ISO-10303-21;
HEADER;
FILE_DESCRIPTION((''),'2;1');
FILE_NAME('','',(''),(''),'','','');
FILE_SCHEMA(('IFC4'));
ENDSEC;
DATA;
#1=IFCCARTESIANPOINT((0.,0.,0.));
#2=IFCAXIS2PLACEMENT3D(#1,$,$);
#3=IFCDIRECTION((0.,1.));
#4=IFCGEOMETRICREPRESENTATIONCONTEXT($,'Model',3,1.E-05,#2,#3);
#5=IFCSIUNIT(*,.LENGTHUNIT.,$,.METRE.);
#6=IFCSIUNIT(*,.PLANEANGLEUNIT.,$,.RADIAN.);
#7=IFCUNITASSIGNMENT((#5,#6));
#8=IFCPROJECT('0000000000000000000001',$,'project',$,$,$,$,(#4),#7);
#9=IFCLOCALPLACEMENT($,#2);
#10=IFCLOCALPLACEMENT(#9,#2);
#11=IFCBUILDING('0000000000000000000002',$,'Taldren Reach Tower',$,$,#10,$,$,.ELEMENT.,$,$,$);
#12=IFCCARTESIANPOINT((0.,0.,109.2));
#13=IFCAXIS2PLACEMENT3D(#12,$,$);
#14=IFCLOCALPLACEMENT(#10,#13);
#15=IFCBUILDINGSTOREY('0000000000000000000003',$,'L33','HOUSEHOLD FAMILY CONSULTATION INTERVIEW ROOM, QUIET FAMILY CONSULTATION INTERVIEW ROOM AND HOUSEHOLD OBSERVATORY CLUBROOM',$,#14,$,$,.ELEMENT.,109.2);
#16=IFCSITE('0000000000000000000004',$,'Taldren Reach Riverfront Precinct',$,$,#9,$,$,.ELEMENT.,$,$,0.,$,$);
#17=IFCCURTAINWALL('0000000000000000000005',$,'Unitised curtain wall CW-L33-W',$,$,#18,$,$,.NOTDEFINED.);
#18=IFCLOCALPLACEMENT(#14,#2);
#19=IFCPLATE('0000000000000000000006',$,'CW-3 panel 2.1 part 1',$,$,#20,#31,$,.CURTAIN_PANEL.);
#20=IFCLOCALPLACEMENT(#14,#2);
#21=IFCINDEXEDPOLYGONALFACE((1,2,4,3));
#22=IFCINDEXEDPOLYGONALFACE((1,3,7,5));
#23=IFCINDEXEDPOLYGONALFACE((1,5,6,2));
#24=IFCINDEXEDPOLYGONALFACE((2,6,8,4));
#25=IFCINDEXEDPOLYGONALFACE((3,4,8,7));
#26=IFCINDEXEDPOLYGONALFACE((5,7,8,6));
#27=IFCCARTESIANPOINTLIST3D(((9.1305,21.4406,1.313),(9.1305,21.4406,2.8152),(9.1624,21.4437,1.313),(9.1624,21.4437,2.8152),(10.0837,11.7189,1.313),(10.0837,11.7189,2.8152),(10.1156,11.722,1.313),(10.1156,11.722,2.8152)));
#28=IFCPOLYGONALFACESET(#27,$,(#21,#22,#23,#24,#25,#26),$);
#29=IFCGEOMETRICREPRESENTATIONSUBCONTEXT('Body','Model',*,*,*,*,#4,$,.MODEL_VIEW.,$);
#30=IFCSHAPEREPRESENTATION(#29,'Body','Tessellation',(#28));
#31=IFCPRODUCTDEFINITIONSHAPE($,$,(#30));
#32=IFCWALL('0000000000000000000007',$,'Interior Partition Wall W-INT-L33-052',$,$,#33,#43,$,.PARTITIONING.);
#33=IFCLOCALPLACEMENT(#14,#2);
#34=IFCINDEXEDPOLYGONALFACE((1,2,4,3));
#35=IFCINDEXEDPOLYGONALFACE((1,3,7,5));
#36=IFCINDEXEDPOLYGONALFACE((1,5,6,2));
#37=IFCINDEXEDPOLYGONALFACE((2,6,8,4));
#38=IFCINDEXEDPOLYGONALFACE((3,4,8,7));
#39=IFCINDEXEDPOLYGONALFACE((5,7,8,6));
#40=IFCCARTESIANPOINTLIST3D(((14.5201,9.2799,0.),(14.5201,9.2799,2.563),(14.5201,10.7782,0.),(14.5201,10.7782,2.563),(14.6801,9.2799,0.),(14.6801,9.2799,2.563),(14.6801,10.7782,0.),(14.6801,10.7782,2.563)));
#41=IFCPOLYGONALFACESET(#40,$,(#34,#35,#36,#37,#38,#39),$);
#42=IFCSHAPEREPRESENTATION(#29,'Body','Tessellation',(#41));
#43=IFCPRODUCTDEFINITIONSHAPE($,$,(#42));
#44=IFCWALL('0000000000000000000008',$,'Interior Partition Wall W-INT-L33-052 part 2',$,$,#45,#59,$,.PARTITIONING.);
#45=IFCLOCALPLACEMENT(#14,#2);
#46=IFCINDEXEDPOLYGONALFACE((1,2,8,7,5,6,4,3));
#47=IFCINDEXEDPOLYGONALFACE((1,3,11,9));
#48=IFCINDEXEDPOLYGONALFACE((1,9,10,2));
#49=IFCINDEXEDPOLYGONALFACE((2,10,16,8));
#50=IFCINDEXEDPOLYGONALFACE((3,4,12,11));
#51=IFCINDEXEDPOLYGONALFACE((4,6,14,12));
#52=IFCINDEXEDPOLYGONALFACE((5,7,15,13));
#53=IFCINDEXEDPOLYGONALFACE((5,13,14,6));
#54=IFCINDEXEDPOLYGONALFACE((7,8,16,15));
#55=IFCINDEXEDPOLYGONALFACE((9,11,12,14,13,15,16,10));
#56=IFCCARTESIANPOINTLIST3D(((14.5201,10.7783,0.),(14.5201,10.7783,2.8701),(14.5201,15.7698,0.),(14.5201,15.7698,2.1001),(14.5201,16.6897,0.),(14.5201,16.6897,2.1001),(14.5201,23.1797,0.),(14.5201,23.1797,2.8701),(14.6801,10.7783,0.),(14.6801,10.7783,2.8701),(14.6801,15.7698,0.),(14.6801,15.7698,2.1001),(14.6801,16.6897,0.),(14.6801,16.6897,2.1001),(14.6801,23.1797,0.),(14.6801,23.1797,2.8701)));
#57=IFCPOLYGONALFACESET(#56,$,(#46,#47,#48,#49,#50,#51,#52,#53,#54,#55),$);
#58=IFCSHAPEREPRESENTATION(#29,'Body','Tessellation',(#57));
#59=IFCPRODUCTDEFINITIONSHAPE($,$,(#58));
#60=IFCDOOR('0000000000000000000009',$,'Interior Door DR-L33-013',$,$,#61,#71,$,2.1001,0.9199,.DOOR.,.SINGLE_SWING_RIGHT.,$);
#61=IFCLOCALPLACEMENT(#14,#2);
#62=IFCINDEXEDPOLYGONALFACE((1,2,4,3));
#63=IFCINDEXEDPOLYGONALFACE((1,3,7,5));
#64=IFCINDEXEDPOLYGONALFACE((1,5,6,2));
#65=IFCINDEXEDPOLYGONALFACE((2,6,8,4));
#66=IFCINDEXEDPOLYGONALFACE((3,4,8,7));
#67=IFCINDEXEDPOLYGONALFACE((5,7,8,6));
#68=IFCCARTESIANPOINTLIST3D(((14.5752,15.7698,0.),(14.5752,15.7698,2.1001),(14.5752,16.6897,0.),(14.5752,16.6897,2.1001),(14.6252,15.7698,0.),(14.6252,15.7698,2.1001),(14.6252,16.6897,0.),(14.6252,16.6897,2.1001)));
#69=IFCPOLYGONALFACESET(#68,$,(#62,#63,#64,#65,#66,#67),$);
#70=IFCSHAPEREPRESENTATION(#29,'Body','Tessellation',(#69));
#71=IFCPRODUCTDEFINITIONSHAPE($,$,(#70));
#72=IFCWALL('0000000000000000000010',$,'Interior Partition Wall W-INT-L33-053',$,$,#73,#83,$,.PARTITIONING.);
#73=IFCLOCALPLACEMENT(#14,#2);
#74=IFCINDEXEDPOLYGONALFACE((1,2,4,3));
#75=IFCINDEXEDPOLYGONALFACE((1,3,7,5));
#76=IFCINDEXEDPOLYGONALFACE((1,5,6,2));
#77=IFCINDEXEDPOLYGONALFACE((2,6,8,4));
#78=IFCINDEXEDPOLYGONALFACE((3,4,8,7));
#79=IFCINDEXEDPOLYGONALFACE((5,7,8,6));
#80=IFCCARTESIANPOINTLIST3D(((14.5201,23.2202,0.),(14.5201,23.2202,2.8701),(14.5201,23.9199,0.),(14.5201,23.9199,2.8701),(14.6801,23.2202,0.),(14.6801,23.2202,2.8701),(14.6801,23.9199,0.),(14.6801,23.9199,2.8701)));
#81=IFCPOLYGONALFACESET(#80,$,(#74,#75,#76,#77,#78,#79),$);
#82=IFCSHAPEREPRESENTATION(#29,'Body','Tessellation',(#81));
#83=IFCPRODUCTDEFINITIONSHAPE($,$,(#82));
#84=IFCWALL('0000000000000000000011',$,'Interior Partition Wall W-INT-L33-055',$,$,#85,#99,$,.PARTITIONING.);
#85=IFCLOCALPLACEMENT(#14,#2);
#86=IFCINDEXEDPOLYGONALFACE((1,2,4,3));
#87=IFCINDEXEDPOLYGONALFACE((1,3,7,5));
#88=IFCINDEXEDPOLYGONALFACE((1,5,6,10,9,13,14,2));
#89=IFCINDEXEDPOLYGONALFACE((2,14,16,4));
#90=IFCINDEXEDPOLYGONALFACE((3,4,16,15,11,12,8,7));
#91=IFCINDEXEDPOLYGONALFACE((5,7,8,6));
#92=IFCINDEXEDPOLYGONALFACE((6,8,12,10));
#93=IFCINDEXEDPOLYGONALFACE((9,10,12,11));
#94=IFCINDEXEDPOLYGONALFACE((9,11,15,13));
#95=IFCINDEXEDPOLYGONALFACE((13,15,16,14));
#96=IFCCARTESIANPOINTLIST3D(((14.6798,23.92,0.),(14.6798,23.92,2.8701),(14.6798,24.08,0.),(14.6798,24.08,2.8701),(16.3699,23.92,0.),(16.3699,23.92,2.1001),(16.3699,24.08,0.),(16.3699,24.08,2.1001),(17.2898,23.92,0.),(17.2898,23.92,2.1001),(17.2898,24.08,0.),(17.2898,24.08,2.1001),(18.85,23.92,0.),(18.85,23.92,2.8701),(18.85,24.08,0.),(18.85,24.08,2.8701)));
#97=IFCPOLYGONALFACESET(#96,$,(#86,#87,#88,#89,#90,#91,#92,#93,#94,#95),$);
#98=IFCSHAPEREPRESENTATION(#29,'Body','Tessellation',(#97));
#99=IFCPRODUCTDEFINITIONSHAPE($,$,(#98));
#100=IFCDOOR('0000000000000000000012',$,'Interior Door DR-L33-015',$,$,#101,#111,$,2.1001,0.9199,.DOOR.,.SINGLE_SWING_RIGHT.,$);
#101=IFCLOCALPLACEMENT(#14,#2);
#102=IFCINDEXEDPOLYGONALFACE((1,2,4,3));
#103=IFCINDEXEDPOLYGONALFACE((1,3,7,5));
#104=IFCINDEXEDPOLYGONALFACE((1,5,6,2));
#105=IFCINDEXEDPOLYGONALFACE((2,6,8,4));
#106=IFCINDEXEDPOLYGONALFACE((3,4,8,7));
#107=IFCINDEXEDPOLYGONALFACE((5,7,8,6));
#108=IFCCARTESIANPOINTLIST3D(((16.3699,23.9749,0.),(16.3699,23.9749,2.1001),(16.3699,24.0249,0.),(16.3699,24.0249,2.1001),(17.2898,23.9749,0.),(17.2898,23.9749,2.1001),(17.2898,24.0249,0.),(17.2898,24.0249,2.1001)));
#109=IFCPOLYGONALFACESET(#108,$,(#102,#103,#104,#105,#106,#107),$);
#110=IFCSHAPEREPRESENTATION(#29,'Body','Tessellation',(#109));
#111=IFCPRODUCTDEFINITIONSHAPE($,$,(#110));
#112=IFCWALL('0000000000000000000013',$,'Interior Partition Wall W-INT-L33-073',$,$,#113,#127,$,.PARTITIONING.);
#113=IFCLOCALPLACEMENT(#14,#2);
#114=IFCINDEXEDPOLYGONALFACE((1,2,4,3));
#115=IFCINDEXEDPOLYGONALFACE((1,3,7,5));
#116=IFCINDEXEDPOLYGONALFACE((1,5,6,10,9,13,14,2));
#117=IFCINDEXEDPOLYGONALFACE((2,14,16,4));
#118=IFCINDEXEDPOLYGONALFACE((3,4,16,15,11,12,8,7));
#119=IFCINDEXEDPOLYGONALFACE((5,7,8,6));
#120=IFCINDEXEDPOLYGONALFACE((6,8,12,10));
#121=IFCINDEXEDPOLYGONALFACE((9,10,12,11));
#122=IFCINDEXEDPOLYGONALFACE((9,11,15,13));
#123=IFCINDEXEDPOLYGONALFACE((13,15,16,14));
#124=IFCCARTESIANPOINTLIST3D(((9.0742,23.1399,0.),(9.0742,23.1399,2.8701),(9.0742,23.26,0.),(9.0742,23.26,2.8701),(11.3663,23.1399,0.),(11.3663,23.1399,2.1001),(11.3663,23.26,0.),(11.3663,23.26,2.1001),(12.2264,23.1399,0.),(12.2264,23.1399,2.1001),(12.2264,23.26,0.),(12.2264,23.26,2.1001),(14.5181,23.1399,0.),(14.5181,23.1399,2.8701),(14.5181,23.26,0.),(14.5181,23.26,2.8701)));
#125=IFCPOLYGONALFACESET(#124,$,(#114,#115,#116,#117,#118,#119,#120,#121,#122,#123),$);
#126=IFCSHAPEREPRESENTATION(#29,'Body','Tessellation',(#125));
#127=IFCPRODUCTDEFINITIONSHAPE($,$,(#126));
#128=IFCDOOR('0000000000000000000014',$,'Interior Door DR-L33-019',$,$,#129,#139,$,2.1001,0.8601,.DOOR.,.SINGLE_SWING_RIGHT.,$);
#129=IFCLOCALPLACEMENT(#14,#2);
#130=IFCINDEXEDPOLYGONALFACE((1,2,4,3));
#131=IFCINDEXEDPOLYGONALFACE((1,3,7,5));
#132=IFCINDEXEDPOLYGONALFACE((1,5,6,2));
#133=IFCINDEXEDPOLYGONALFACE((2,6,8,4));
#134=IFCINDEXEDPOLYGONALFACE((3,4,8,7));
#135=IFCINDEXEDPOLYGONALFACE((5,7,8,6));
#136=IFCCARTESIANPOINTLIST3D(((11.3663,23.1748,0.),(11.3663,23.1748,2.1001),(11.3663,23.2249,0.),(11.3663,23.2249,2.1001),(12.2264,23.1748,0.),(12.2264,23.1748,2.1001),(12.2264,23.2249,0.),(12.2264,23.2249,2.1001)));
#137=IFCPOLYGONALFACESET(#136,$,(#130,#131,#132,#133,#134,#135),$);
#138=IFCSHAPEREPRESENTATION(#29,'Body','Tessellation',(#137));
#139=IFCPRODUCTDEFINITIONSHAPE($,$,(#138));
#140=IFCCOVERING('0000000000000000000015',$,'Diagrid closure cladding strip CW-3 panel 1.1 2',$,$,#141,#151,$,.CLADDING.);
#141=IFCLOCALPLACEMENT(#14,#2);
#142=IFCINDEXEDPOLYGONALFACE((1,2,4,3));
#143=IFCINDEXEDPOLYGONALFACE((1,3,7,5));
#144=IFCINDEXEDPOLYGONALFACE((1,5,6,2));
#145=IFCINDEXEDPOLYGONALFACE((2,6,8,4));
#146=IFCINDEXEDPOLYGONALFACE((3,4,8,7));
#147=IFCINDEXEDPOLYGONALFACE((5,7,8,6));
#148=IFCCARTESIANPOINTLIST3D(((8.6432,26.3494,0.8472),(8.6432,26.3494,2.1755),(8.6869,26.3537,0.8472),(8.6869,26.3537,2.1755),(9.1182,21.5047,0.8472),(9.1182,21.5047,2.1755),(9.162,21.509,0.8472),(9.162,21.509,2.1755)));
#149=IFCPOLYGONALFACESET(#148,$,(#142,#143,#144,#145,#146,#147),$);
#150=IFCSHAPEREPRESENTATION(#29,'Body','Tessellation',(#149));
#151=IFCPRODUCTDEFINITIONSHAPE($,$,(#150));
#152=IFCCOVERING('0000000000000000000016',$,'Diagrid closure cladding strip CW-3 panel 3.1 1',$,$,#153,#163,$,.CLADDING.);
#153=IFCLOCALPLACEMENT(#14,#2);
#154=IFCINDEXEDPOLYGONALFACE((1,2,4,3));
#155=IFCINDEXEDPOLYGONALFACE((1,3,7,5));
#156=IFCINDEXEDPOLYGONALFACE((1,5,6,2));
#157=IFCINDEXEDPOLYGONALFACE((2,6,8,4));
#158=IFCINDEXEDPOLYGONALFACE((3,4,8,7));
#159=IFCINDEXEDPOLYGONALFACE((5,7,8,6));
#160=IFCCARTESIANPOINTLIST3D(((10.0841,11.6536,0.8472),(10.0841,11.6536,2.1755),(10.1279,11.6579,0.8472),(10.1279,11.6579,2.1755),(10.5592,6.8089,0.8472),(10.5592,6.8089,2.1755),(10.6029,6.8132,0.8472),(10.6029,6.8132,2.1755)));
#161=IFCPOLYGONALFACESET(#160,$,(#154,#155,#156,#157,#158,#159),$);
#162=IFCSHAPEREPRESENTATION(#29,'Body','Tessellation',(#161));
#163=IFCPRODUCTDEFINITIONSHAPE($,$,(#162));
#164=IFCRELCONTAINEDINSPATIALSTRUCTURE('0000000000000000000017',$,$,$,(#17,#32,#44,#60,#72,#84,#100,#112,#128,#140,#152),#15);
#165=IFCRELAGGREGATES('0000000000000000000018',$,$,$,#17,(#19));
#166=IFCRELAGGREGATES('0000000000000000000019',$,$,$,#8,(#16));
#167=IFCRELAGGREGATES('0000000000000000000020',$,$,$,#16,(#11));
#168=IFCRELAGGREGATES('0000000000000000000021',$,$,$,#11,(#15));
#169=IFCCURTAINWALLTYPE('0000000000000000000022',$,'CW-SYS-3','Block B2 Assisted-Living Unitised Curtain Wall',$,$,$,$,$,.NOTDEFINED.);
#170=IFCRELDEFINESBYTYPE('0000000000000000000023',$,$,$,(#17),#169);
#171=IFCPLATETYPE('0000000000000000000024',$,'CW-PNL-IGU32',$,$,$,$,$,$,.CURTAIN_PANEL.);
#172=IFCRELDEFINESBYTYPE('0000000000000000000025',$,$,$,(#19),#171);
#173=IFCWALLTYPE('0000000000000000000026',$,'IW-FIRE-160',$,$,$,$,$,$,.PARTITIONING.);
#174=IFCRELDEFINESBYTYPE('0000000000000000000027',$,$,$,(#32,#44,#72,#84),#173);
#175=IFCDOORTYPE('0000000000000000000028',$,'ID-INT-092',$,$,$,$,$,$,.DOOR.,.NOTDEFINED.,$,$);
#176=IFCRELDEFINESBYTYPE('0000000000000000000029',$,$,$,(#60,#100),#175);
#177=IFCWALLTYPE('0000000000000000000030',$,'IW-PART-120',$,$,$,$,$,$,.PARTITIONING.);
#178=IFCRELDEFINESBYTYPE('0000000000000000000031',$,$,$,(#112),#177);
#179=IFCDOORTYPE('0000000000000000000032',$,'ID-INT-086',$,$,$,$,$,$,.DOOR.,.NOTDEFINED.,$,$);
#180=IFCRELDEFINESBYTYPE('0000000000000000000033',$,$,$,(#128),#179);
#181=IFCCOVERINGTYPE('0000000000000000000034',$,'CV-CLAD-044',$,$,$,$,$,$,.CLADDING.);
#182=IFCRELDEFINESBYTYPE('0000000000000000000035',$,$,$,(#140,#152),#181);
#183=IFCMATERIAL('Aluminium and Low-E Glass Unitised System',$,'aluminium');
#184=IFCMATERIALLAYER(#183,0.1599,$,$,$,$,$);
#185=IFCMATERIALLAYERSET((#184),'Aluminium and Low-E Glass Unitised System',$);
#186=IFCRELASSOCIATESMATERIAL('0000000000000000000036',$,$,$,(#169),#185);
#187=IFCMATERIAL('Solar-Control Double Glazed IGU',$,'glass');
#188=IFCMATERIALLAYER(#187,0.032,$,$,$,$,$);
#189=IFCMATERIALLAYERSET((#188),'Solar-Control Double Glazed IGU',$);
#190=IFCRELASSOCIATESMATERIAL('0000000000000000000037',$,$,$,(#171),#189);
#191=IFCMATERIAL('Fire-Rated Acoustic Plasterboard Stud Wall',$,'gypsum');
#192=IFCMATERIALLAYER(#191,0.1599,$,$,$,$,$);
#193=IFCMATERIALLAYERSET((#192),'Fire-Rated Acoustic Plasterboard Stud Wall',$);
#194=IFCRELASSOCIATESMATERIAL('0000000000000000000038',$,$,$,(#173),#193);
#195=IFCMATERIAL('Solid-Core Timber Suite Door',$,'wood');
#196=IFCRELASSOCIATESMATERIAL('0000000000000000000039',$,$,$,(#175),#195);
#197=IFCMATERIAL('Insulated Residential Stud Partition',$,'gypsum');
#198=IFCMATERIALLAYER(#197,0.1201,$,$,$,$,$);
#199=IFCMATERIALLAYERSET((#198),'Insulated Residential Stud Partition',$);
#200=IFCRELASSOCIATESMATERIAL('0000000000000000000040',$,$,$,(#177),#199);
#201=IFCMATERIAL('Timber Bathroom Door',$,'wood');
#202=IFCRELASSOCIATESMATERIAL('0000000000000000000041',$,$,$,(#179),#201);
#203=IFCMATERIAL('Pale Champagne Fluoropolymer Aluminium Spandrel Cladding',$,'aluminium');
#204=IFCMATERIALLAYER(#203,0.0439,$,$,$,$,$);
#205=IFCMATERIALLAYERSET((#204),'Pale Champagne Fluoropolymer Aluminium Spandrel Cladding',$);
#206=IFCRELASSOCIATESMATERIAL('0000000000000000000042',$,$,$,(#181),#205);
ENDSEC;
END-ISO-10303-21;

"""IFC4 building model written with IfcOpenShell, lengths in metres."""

from ifc_helpers import new_model, si_unit, direction, frame, frame_2d, origin, origin_2d, place, context, subcontext, project, spatial, rectangle, extrude, source, transform, mapped, material, layer, layer_set, type_object, element, fill, aggregate, save


model = new_model("IFC4")

# Units and contexts
model_context = context("Model", 3, precision=1e-05, world=origin(), true_north=direction((0.0, 1.0)))
body_context = subcontext(model_context, "Body", "Model", "MODEL_VIEW")
ifc_project = project(units=[si_unit("LENGTHUNIT", "METRE"), si_unit("PLANEANGLEUNIT", "RADIAN")], contexts=[model_context])

# Site, building, storey
site_placement = place(None, origin())
site = spatial("IfcSite", under=ifc_project, at=site_placement, Name="Taldren Reach Riverfront Precinct", CompositionType="ELEMENT", RefElevation=0.0)
building_placement = place(site_placement, origin())
building = spatial("IfcBuilding", under=site, at=building_placement, Name="Taldren Reach Tower", CompositionType="ELEMENT")
storey_placement = place(building_placement, frame((0.0, 0.0, 109.2)))
storey = spatial("IfcBuildingStorey", under=building, at=storey_placement, Name="L33", Description="HOUSEHOLD FAMILY CONSULTATION INTERVIEW ROOM, QUIET FAMILY CONSULTATION INTERVIEW ROOM AND HOUSEHOLD OBSERVATORY CLUBROOM", CompositionType="ELEMENT", Elevation=109.2)

# Curtain wall
ifc_material_1 = material(Name="Aluminium and Low-E Glass Unitised System", Category="aluminium")
ifc_layer_1 = layer(ifc_material_1, 0.1599)
ifc_layer_set_1 = layer_set([ifc_layer_1], Name="Aluminium and Low-E Glass Unitised System")
curtain_wall_type = type_object("IfcCurtainWallType", Name="CW-SYS-3", Description="Block B2 Assisted-Living Unitised Curtain Wall", PredefinedType="NOTDEFINED", material=ifc_layer_set_1)
curtain_wall_placement = place(storey_placement, origin())
curtain_wall = element("IfcCurtainWall", 1, at=curtain_wall_placement, inside=storey, type_object=curtain_wall_type, Name="Unitised curtain wall CW-L33-W", PredefinedType="NOTDEFINED")

# Plate
ifc_material_2 = material(Name="Solar-Control Double Glazed IGU", Category="glass")
ifc_layer_2 = layer(ifc_material_2, 0.032)
ifc_layer_set_2 = layer_set([ifc_layer_2], Name="Solar-Control Double Glazed IGU")
plate_type_1 = type_object("IfcPlateType", Name="CW-PNL-IGU32", PredefinedType="CURTAIN_PANEL", material=ifc_layer_set_2)
shared_shape_1 = source(origin(), body_context, "Body", "SweptSolid", [
    extrude(rectangle(XDim=9.7683, YDim=0.032, at=origin_2d()), origin(), (0.0, 0.0, 1.0), 1.5022),
])
plate_1_placement = place(storey_placement, frame((9.623, 16.5813, 1.313), z_axis=(0.0, 0.0, 1.0), x_axis=(0.097583, -0.995227, 0.0)))
plate_1 = element("IfcPlate", 2, at=plate_1_placement, type_object=plate_type_1, Name="CW-3 panel 2.1 part 1", PredefinedType="CURTAIN_PANEL", context=body_context, shape_type="MappedRepresentation", body=[
    mapped(shared_shape_1, transform((0.0, 0.0, 0.0), scale=1.0)),
])
aggregate(curtain_wall, [plate_1])

# Wall
ifc_material_3 = material(Name="Fire-Rated Acoustic Plasterboard Stud Wall", Category="gypsum")
ifc_layer_3 = layer(ifc_material_3, 0.1599)
ifc_layer_set_3 = layer_set([ifc_layer_3], Name="Fire-Rated Acoustic Plasterboard Stud Wall")
wall_type_1 = type_object("IfcWallType", Name="IW-FIRE-160", PredefinedType="PARTITIONING", material=ifc_layer_set_3)
shared_shape_2 = source(origin(), body_context, "Body", "SweptSolid", [
    extrude(rectangle(XDim=1.4983, YDim=0.1599, at=frame_2d((0.749, 0.0))), origin(), (0.0, 0.0, 1.0), 2.563),
])
wall_1_placement = place(storey_placement, frame((14.6001, 9.28, 0.0), z_axis=(0.0, 0.0, 1.0), x_axis=(0.0, 1.0, 0.0)))
element("IfcWall", 3, at=wall_1_placement, inside=storey, type_object=wall_type_1, Name="Interior Partition Wall W-INT-L33-052", PredefinedType="PARTITIONING", context=body_context, shape_type="MappedRepresentation", body=[
    mapped(shared_shape_2, transform((0.0, 0.0, 0.0), scale=1.0)),
])

# Wall, opening, door
shared_shape_3 = source(origin(), body_context, "Body", "SweptSolid", [
    extrude(rectangle(XDim=12.4014, YDim=0.1599, at=frame_2d((6.2007, 0.0))), origin(), (0.0, 0.0, 1.0), 2.8701),
])
wall_2_placement = place(storey_placement, frame((14.6001, 10.7783, 0.0), z_axis=(0.0, 0.0, 1.0), x_axis=(0.0, 1.0, 0.0)))
wall_2 = element("IfcWall", 4, at=wall_2_placement, inside=storey, type_object=wall_type_1, Name="Interior Partition Wall W-INT-L33-052 part 2", PredefinedType="PARTITIONING", context=body_context, shape_type="MappedRepresentation", body=[
    mapped(shared_shape_3, transform((0.0, 0.0, 0.0), scale=1.0)),
])
shared_shape_4 = source(origin(), body_context, "Body", "SweptSolid", [
    extrude(rectangle(XDim=0.9199, YDim=2.1001, at=frame_2d((0.46, 1.05))), frame((0.0, 0.0898, 0.0), z_axis=(0.0, -1.0, 0.0), x_axis=(1.0, 0.0, 0.0)), (0.0, 0.0, 1.0), 0.1799),
])
opening_1_placement = place(wall_2_placement, frame((4.9915, 0.0, 0.0)))
opening_1 = element("IfcOpeningElement", 5, at=opening_1_placement, cuts=wall_2, PredefinedType="OPENING", context=body_context, shape_type="MappedRepresentation", body=[
    mapped(shared_shape_4, transform((0.0, 0.0, 0.0), scale=1.0)),
])
ifc_material_4 = material(Name="Solid-Core Timber Suite Door", Category="wood")
door_type_1 = type_object("IfcDoorType", Name="ID-INT-092", OperationType="NOTDEFINED", PredefinedType="DOOR", material=ifc_material_4)
shared_shape_5 = source(origin(), body_context, "Body", "SweptSolid", [
    extrude(rectangle(XDim=0.9199, YDim=2.1001, at=frame_2d((0.46, 1.05))), frame((0.0, 0.0249, 0.0), z_axis=(0.0, -1.0, 0.0), x_axis=(1.0, 0.0, 0.0)), (0.0, 0.0, 1.0), 0.05),
])
door_1_placement = place(opening_1_placement, origin())
door_1 = element("IfcDoor", 6, at=door_1_placement, inside=storey, type_object=door_type_1, Name="Interior Door DR-L33-013", OperationType="SINGLE_SWING_RIGHT", OverallHeight=2.1001, OverallWidth=0.9199, PredefinedType="DOOR", context=body_context, shape_type="MappedRepresentation", body=[
    mapped(shared_shape_5, transform((0.0, 0.0, 0.0), scale=1.0)),
])
fill(opening_1, door_1)

# Wall
shared_shape_6 = source(origin(), body_context, "Body", "SweptSolid", [
    extrude(rectangle(XDim=0.6997, YDim=0.1599, at=frame_2d((0.3499, 0.0))), origin(), (0.0, 0.0, 1.0), 2.8701),
])
wall_3_placement = place(storey_placement, frame((14.6001, 23.2202, 0.0), z_axis=(0.0, 0.0, 1.0), x_axis=(0.0, 1.0, 0.0)))
element("IfcWall", 7, at=wall_3_placement, inside=storey, type_object=wall_type_1, Name="Interior Partition Wall W-INT-L33-053", PredefinedType="PARTITIONING", context=body_context, shape_type="MappedRepresentation", body=[
    mapped(shared_shape_6, transform((0.0, 0.0, 0.0), scale=1.0)),
])

# Walls, openings, doors
shared_shape_7 = source(origin(), body_context, "Body", "SweptSolid", [
    extrude(rectangle(XDim=4.1702, YDim=0.1599, at=frame_2d((2.085, 0.0))), origin(), (0.0, 0.0, 1.0), 2.8701),
])
wall_4_placement = place(storey_placement, frame((14.6799, 24.0, 0.0), z_axis=(0.0, 0.0, 1.0), x_axis=(1.0, 0.0, 0.0)))
wall_4 = element("IfcWall", 8, at=wall_4_placement, inside=storey, type_object=wall_type_1, Name="Interior Partition Wall W-INT-L33-055", PredefinedType="PARTITIONING", context=body_context, shape_type="MappedRepresentation", body=[
    mapped(shared_shape_7, transform((0.0, 0.0, 0.0), scale=1.0)),
])
opening_2_placement = place(wall_4_placement, frame((1.6899, 0.0, 0.0)))
opening_2 = element("IfcOpeningElement", 9, at=opening_2_placement, cuts=wall_4, PredefinedType="OPENING", context=body_context, shape_type="MappedRepresentation", body=[
    mapped(shared_shape_4, transform((0.0, 0.0, 0.0), scale=1.0)),
])
door_2_placement = place(opening_2_placement, origin())
door_2 = element("IfcDoor", 10, at=door_2_placement, inside=storey, type_object=door_type_1, Name="Interior Door DR-L33-015", OperationType="SINGLE_SWING_RIGHT", OverallHeight=2.1001, OverallWidth=0.9199, PredefinedType="DOOR", context=body_context, shape_type="MappedRepresentation", body=[
    mapped(shared_shape_5, transform((0.0, 0.0, 0.0), scale=1.0)),
])
fill(opening_2, door_2)
ifc_material_5 = material(Name="Insulated Residential Stud Partition", Category="gypsum")
ifc_layer_4 = layer(ifc_material_5, 0.1201)
ifc_layer_set_4 = layer_set([ifc_layer_4], Name="Insulated Residential Stud Partition")
wall_type_2 = type_object("IfcWallType", Name="IW-PART-120", PredefinedType="PARTITIONING", material=ifc_layer_set_4)
shared_shape_8 = source(origin(), body_context, "Body", "SweptSolid", [
    extrude(rectangle(XDim=5.4438, YDim=0.1201, at=frame_2d((2.7219, 0.0))), origin(), (0.0, 0.0, 1.0), 2.8701),
])
wall_5_placement = place(storey_placement, frame((9.0742, 23.2, 0.0), z_axis=(0.0, 0.0, 1.0), x_axis=(1.0, 0.0, 0.0)))
wall_5 = element("IfcWall", 11, at=wall_5_placement, inside=storey, type_object=wall_type_2, Name="Interior Partition Wall W-INT-L33-073", PredefinedType="PARTITIONING", context=body_context, shape_type="MappedRepresentation", body=[
    mapped(shared_shape_8, transform((0.0, 0.0, 0.0), scale=1.0)),
])
shared_shape_9 = source(origin(), body_context, "Body", "SweptSolid", [
    extrude(rectangle(XDim=0.8601, YDim=2.1001, at=frame_2d((0.4302, 1.05))), frame((0.0, 0.0701, 0.0), z_axis=(0.0, -1.0, 0.0), x_axis=(1.0, 0.0, 0.0)), (0.0, 0.0, 1.0), 0.1401),
])
opening_3_placement = place(wall_5_placement, frame((2.292, 0.0, 0.0)))
opening_3 = element("IfcOpeningElement", 12, at=opening_3_placement, cuts=wall_5, PredefinedType="OPENING", context=body_context, shape_type="MappedRepresentation", body=[
    mapped(shared_shape_9, transform((0.0, 0.0, 0.0), scale=1.0)),
])
ifc_material_6 = material(Name="Timber Bathroom Door", Category="wood")
door_type_2 = type_object("IfcDoorType", Name="ID-INT-086", OperationType="NOTDEFINED", PredefinedType="DOOR", material=ifc_material_6)
shared_shape_10 = source(origin(), body_context, "Body", "SweptSolid", [
    extrude(rectangle(XDim=0.8601, YDim=2.1001, at=frame_2d((0.4302, 1.05))), frame((0.0, 0.0249, 0.0), z_axis=(0.0, -1.0, 0.0), x_axis=(1.0, 0.0, 0.0)), (0.0, 0.0, 1.0), 0.05),
])
door_3_placement = place(opening_3_placement, origin())
door_3 = element("IfcDoor", 13, at=door_3_placement, inside=storey, type_object=door_type_2, Name="Interior Door DR-L33-019", OperationType="SINGLE_SWING_RIGHT", OverallHeight=2.1001, OverallWidth=0.8601, PredefinedType="DOOR", context=body_context, shape_type="MappedRepresentation", body=[
    mapped(shared_shape_10, transform((0.0, 0.0, 0.0), scale=1.0)),
])
fill(opening_3, door_3)

# Coverings
ifc_material_7 = material(Name="Pale Champagne Fluoropolymer Aluminium Spandrel Cladding", Category="aluminium")
ifc_layer_5 = layer(ifc_material_7, 0.0439)
ifc_layer_set_5 = layer_set([ifc_layer_5], Name="Pale Champagne Fluoropolymer Aluminium Spandrel Cladding")
covering_type = type_object("IfcCoveringType", Name="CV-CLAD-044", PredefinedType="CLADDING", material=ifc_layer_set_5)
shared_shape_11 = source(origin(), body_context, "Body", "SweptSolid", [
    extrude(rectangle(XDim=4.8679, YDim=0.0439, at=origin_2d()), origin(), (0.0, 0.0, 1.0), 1.3284),
])
for number, where, z_axis, x_axis, name in (
    (14, (8.9026, 23.9292, 0.8472), (0.0, 0.0, 1.0), (0.097583, -0.995227, 0.0), "Diagrid closure cladding strip CW-3 panel 1.1 2"),
    (15, (10.3435, 9.2334, 0.8472), (0.0, 0.0, 1.0), (0.097583, -0.995227, 0.0), "Diagrid closure cladding strip CW-3 panel 3.1 1"),
):
    element("IfcCovering", number, at=place(storey_placement, frame(where, z_axis=z_axis, x_axis=x_axis)), inside=storey, type_object=covering_type, Name=name, PredefinedType="CLADDING", context=body_context, shape_type="MappedRepresentation", body=[
        mapped(shared_shape_11, transform((0.0, 0.0, 0.0), scale=1.0)),
    ])

save(model, "model.ifc")
